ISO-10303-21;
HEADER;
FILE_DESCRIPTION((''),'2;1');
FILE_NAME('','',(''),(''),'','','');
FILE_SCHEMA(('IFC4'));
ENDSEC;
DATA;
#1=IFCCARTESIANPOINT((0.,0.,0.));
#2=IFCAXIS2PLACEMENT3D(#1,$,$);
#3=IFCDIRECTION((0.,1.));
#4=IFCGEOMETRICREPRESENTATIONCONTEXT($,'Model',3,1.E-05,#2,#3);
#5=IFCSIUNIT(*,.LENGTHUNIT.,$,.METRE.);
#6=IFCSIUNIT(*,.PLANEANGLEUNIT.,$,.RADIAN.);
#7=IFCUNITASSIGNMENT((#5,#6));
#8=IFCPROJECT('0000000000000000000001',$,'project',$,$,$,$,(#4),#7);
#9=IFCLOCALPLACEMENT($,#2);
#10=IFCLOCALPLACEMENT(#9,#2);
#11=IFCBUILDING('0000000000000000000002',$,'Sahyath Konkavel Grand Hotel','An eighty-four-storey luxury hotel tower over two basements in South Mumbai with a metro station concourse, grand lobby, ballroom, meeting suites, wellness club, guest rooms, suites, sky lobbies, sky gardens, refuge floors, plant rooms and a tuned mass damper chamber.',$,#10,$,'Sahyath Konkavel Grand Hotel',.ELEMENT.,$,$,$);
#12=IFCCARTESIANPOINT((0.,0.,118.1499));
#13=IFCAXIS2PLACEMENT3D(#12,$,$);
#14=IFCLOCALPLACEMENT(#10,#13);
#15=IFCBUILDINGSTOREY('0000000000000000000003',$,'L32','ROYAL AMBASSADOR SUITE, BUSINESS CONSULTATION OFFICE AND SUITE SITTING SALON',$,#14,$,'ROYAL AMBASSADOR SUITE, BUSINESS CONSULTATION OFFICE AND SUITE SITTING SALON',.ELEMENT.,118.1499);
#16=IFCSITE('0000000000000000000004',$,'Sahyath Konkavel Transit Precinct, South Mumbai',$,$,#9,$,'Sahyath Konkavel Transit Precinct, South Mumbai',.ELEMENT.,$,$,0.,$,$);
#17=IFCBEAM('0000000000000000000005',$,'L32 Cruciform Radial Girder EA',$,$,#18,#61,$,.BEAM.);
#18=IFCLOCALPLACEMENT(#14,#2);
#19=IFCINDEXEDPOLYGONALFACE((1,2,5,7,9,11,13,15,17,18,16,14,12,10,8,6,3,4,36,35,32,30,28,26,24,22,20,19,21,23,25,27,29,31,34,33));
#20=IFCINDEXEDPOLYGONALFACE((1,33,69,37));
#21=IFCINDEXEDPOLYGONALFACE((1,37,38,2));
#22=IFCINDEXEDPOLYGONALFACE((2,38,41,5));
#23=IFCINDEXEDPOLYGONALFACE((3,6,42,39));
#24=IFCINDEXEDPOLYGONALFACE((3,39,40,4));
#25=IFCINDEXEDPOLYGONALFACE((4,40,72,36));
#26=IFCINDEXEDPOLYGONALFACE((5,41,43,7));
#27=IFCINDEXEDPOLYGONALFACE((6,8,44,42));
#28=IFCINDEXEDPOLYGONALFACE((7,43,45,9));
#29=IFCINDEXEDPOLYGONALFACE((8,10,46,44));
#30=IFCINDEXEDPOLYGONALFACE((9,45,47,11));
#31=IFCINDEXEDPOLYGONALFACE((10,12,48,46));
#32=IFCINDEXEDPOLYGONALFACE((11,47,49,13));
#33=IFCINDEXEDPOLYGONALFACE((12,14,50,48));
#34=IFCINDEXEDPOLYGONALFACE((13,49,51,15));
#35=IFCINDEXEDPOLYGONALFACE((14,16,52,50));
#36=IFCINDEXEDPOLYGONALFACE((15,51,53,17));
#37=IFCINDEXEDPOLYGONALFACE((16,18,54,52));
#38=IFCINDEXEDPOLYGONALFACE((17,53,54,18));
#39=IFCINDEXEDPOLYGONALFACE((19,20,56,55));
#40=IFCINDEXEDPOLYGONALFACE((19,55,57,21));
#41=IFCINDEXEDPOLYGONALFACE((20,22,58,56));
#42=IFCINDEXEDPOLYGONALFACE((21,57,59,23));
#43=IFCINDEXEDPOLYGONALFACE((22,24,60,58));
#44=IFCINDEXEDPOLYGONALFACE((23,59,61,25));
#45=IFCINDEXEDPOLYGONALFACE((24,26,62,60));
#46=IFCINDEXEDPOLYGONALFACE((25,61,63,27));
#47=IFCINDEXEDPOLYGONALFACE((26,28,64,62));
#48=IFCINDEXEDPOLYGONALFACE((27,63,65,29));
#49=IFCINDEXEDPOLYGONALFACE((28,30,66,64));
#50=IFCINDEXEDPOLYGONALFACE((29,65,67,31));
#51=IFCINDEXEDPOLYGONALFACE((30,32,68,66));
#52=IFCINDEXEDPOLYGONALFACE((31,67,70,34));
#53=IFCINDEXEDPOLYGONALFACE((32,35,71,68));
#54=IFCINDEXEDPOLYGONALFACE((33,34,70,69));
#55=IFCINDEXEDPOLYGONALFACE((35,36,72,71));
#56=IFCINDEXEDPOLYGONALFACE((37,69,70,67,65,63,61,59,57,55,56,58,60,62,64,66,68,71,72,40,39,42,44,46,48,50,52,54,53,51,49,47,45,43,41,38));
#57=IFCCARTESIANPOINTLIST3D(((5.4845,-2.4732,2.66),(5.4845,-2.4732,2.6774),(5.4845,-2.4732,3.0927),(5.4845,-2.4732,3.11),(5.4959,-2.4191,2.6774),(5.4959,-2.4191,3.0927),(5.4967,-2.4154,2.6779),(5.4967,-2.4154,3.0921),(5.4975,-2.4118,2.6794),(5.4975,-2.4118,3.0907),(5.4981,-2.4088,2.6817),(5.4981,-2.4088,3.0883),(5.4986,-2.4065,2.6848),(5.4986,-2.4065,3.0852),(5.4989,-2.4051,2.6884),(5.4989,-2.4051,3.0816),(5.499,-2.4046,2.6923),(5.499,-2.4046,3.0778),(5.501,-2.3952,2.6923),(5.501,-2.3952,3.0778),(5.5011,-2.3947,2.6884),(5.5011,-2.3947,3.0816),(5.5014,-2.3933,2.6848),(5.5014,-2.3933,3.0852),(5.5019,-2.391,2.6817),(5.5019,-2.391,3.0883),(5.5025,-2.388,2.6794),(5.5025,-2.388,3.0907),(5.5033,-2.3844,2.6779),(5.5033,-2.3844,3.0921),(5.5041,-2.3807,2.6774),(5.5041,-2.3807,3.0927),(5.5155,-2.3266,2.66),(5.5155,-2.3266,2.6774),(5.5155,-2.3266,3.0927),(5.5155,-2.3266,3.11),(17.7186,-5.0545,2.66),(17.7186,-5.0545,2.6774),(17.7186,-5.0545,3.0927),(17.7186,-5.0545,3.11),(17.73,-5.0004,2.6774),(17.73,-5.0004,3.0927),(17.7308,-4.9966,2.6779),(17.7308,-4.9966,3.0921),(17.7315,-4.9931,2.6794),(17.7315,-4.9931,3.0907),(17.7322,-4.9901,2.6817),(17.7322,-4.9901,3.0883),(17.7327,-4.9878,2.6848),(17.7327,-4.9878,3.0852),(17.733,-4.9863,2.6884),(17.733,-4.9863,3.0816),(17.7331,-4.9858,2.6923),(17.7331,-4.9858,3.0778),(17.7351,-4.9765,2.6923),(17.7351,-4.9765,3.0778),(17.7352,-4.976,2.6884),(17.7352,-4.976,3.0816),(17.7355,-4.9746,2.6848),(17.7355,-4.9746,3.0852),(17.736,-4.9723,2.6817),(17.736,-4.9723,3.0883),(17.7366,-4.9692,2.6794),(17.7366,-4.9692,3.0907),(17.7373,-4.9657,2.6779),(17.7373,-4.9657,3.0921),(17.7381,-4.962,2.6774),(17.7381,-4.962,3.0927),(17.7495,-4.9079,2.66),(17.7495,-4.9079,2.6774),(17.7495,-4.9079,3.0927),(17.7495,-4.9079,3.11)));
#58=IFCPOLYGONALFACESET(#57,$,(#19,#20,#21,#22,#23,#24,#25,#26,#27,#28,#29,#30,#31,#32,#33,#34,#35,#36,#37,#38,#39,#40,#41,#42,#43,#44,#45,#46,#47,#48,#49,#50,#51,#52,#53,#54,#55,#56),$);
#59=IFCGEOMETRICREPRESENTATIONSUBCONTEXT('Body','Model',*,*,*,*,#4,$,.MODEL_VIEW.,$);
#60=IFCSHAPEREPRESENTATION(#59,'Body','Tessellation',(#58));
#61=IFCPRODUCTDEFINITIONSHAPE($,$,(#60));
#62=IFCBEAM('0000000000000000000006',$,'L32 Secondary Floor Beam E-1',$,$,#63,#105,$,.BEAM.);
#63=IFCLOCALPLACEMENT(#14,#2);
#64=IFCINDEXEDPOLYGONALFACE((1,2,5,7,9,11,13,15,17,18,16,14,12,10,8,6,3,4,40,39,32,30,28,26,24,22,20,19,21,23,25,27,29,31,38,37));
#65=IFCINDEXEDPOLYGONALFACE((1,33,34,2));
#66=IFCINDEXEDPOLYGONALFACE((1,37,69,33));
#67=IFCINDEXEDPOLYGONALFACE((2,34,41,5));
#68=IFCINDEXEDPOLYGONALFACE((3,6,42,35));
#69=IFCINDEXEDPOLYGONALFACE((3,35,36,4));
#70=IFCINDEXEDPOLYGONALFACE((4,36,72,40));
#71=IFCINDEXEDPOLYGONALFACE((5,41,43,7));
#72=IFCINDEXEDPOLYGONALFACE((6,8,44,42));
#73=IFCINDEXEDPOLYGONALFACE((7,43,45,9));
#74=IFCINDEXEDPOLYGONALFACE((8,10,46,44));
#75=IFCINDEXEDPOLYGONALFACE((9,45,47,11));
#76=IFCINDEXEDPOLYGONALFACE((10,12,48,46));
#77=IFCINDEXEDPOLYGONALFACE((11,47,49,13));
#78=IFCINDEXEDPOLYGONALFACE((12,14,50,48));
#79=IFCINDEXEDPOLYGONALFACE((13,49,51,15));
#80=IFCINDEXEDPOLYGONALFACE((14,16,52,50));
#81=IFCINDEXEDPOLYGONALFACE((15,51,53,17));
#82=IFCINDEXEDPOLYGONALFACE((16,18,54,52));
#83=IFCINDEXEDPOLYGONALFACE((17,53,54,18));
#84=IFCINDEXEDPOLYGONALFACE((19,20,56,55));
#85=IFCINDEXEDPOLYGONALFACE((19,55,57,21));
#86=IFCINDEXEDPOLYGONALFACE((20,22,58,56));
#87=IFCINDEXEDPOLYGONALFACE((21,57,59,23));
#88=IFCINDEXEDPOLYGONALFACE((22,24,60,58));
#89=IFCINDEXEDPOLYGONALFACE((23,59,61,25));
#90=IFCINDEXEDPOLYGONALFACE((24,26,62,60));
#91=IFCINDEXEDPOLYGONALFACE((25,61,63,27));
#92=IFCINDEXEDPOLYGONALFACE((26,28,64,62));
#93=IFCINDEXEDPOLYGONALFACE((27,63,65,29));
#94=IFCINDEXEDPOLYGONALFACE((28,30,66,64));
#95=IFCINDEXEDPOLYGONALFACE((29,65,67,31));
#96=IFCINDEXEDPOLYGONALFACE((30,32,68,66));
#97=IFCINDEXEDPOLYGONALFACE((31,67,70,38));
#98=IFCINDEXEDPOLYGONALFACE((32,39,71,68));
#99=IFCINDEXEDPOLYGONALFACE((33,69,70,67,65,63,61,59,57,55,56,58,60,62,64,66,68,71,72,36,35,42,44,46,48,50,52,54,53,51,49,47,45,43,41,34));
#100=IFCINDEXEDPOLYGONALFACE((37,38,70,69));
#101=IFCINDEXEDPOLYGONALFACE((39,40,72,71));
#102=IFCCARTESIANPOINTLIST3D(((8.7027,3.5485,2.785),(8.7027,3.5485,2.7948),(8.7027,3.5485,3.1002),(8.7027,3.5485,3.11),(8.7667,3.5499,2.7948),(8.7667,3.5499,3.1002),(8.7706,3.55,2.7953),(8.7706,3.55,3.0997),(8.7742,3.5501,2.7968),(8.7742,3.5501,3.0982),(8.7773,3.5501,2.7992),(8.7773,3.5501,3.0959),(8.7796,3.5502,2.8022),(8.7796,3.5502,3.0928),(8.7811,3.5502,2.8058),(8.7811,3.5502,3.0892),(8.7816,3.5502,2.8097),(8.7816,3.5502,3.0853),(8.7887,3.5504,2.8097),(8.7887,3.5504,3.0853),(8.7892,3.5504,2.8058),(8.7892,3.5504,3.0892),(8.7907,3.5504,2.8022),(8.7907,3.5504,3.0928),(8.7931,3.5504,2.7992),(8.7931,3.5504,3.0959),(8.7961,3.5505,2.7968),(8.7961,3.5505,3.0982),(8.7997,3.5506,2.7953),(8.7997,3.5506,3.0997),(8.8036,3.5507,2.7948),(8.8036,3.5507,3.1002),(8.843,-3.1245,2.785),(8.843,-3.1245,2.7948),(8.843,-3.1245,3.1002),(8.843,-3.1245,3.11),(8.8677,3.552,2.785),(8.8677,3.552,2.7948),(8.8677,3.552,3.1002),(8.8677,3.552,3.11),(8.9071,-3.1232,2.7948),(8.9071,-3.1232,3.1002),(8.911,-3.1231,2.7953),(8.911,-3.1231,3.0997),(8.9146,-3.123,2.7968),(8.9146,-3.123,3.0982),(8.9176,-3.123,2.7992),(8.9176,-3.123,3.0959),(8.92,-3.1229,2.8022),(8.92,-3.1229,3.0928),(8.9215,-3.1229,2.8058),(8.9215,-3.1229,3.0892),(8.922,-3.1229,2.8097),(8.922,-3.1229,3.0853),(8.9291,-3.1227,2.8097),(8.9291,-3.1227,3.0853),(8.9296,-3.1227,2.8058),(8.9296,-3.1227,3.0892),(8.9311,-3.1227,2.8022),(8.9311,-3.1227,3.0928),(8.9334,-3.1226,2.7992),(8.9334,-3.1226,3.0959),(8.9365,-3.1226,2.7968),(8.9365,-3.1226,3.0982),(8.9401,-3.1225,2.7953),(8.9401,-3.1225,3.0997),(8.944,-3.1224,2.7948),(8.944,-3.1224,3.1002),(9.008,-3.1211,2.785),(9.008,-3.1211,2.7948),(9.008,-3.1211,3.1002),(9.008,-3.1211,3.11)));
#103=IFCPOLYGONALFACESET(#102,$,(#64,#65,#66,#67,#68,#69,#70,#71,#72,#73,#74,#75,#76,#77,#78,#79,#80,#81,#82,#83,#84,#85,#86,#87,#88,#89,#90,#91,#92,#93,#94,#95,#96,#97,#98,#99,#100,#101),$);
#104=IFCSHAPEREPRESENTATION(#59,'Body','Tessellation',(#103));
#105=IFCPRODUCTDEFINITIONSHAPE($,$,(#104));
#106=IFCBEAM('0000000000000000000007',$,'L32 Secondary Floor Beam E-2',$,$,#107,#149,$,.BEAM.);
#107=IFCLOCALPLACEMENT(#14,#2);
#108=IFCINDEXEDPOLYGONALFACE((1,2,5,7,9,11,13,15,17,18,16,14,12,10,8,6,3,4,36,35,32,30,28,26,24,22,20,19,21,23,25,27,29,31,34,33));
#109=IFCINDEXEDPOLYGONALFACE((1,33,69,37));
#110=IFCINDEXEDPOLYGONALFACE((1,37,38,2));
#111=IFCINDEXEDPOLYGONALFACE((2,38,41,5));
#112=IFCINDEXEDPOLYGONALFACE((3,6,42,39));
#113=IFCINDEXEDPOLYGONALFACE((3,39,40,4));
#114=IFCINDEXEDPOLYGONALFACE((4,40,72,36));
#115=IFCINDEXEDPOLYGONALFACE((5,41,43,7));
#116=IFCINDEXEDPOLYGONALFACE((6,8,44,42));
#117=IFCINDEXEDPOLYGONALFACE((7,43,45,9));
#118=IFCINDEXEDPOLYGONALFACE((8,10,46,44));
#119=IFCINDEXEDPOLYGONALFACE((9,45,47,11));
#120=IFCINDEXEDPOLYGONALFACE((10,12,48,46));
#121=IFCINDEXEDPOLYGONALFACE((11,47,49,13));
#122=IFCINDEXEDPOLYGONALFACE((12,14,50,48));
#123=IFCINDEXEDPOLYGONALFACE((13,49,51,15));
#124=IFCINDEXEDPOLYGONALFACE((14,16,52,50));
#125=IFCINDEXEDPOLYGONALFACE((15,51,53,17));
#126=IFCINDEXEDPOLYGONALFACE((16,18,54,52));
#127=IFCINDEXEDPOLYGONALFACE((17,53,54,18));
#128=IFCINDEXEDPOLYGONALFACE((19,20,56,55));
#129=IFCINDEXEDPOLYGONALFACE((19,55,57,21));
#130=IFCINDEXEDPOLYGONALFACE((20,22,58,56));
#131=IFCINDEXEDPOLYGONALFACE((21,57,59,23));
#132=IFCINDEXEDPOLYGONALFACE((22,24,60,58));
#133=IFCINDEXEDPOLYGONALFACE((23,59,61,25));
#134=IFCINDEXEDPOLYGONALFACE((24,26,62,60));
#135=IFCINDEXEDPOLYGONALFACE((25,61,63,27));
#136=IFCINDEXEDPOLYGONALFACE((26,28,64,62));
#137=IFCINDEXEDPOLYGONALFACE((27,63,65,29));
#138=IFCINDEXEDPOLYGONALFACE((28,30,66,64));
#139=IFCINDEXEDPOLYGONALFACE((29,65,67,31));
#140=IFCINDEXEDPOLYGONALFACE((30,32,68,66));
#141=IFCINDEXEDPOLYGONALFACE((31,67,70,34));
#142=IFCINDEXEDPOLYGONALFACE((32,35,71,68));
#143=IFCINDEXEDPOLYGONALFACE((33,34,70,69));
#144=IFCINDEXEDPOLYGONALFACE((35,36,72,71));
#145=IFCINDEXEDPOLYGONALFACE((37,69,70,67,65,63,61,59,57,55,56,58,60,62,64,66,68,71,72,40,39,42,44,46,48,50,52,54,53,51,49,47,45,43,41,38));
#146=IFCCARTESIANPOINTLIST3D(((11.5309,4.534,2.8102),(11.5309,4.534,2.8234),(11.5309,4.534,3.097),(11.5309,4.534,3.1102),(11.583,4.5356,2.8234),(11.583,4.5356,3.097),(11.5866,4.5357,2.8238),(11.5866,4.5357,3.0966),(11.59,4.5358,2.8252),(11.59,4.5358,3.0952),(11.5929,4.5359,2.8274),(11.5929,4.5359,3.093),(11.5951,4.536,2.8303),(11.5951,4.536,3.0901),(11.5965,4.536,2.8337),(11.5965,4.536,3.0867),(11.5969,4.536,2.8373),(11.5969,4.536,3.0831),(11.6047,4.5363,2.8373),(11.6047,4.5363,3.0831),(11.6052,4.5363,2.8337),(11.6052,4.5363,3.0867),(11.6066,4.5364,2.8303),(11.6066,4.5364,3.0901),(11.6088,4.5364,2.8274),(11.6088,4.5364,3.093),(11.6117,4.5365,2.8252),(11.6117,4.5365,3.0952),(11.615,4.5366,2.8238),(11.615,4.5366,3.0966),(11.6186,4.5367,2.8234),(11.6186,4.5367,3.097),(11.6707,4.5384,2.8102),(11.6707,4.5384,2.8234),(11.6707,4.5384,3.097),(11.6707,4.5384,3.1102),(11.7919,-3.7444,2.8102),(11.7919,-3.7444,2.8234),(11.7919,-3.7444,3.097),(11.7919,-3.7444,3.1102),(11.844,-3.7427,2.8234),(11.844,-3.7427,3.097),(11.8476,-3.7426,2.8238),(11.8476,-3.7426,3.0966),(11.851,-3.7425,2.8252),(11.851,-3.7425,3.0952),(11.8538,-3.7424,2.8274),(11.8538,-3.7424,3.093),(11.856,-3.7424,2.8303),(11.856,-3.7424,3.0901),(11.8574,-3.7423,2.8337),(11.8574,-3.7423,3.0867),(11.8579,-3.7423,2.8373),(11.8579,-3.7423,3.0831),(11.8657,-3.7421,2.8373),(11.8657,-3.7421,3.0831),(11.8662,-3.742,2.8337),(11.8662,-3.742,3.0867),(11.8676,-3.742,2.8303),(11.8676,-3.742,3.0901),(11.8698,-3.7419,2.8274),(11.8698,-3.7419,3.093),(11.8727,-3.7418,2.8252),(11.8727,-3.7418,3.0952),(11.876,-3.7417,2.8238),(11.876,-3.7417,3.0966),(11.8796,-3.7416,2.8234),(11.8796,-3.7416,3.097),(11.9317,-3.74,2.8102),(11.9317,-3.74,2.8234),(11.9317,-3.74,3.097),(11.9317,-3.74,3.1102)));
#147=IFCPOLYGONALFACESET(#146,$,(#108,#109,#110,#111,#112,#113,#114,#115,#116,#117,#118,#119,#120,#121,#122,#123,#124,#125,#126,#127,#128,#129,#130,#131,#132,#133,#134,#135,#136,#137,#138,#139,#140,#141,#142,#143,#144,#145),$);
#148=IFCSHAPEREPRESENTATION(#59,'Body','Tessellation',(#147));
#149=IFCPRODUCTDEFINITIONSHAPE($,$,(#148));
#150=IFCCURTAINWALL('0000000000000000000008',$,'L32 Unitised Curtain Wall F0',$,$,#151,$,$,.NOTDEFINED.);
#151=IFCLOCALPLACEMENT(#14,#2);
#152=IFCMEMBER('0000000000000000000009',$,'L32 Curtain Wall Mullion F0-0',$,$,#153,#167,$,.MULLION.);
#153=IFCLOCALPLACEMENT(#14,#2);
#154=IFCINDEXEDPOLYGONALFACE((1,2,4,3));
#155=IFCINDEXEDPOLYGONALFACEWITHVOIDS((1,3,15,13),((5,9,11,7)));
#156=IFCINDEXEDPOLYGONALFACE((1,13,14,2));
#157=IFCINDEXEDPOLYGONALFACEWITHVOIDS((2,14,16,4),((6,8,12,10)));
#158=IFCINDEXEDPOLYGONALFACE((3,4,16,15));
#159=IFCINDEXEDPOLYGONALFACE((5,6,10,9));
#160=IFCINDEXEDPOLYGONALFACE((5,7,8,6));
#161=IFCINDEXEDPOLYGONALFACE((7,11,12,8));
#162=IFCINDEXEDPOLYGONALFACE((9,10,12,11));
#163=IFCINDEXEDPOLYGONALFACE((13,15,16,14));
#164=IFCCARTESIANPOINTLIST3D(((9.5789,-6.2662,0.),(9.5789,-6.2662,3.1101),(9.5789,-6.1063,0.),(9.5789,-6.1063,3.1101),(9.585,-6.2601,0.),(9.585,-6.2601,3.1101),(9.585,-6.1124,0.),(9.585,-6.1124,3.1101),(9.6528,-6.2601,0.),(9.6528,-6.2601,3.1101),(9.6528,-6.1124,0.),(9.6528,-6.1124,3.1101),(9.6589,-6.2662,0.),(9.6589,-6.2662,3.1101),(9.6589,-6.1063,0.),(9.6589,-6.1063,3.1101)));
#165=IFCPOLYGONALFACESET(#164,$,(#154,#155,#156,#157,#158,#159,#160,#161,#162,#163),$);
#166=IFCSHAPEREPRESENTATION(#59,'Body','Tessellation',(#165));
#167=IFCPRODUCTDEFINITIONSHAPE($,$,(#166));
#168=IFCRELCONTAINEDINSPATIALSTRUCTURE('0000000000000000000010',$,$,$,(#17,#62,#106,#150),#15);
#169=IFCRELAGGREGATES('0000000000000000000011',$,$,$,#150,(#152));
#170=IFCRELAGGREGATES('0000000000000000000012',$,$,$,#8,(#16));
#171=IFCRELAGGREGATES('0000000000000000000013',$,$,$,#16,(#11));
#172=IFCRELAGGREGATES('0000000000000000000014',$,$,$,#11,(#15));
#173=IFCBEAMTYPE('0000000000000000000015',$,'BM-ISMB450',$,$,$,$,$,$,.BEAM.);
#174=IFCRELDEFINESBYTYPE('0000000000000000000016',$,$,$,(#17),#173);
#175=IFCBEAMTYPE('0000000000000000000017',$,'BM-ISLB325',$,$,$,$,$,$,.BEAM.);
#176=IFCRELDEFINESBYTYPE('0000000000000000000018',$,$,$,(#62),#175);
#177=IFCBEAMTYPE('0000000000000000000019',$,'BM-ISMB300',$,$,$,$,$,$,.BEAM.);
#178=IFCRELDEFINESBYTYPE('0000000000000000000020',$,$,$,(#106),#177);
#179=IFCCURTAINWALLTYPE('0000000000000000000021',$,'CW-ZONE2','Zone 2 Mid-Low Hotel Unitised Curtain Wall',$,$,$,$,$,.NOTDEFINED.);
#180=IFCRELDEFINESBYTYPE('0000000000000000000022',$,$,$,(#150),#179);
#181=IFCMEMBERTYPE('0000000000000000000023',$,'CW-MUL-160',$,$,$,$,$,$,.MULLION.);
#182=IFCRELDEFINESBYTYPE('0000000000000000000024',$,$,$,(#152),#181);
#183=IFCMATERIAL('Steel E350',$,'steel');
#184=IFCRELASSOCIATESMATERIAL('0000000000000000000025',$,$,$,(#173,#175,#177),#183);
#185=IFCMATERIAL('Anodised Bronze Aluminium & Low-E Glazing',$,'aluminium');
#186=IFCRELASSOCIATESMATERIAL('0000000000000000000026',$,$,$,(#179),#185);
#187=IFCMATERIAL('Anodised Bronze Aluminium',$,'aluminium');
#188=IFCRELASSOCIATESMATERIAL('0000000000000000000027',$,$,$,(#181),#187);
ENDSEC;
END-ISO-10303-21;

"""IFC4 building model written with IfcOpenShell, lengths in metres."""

from ifc_helpers import new_model, si_unit, direction, frame, origin, origin_2d, place, context, subcontext, project, spatial, hollow_rectangle, i_section, extrude, source, transform, mapped, material, material_profile, profile_set, type_object, element, aggregate, save


model = new_model("IFC4")

# Units and contexts
model_context = context("Model", 3, precision=1e-05, world=origin(), true_north=direction((0.0, 1.0)))
body_context = subcontext(model_context, "Body", "Model", "MODEL_VIEW")
ifc_project = project(units=[si_unit("LENGTHUNIT", "METRE"), si_unit("PLANEANGLEUNIT", "RADIAN")], contexts=[model_context])

# Site, building, storey
site_placement = place(None, origin())
site = spatial("IfcSite", under=ifc_project, at=site_placement, Name="Sahyath Konkavel Transit Precinct, South Mumbai", LongName="Sahyath Konkavel Transit Precinct, South Mumbai", CompositionType="ELEMENT", RefElevation=0.0)
building_placement = place(site_placement, origin())
building = spatial("IfcBuilding", under=site, at=building_placement, Name="Sahyath Konkavel Grand Hotel", Description="An eighty-four-storey luxury hotel tower over two basements in South Mumbai with a metro station concourse, grand lobby, ballroom, meeting suites, wellness club, guest rooms, suites, sky lobbies, sky gardens, refuge floors, plant rooms and a tuned mass damper chamber.", LongName="Sahyath Konkavel Grand Hotel", CompositionType="ELEMENT")
storey_placement = place(building_placement, frame((0.0, 0.0, 118.1499)))
storey = spatial("IfcBuildingStorey", under=building, at=storey_placement, Name="L32", Description="ROYAL AMBASSADOR SUITE, BUSINESS CONSULTATION OFFICE AND SUITE SITTING SALON", LongName="ROYAL AMBASSADOR SUITE, BUSINESS CONSULTATION OFFICE AND SUITE SITTING SALON", CompositionType="ELEMENT", Elevation=118.1499)

# Beams
ifc_material_1 = material(Name="Steel E350", Category="steel")
ifc_material_profile_1 = material_profile(ifc_material_1, i_section(OverallWidth=0.1499, OverallDepth=0.45, WebThickness=0.0095, FlangeThickness=0.0173, FilletRadius=0.0149, at=origin_2d()), Name="ISMB 450")
ifc_profile_set_1 = profile_set([ifc_material_profile_1], Name="Steel E350")
beam_type_1 = type_object("IfcBeamType", Name="BM-ISMB450", PredefinedType="BEAM", material=ifc_profile_set_1)
shared_shape_1 = source(origin(), body_context, "Body", "SweptSolid", [
    extrude(i_section(OverallWidth=0.1499, OverallDepth=0.45, WebThickness=0.0095, FlangeThickness=0.0173, FilletRadius=0.0149, at=origin_2d()), origin(), (0.0, 0.0, 1.0), 12.5034),
])
beam_1_placement = place(storey_placement, frame((5.5, -2.3999, 2.885), z_axis=(0.978458, -0.206446, 0.0), x_axis=(0.206446, 0.978458, 0.0)))
element("IfcBeam", 1, at=beam_1_placement, inside=storey, type_object=beam_type_1, Name="L32 Cruciform Radial Girder EA", PredefinedType="BEAM", context=body_context, shape_type="MappedRepresentation", body=[
    mapped(shared_shape_1, transform((0.0, 0.0, 0.0), scale=1.0)),
])
ifc_material_profile_2 = material_profile(ifc_material_1, i_section(OverallWidth=0.165, OverallDepth=0.325, WebThickness=0.0071, FlangeThickness=0.0098, FilletRadius=0.0149, at=origin_2d()), Name="ISLB 325")
ifc_profile_set_2 = profile_set([ifc_material_profile_2], Name="Steel E350")
beam_type_2 = type_object("IfcBeamType", Name="BM-ISLB325", PredefinedType="BEAM", material=ifc_profile_set_2)
shared_shape_2 = source(origin(), body_context, "Body", "SweptSolid", [
    extrude(i_section(OverallWidth=0.165, OverallDepth=0.325, WebThickness=0.0071, FlangeThickness=0.0098, FilletRadius=0.0149, at=origin_2d()), origin(), (0.0, 0.0, 1.0), 6.6746),
])
beam_2_placement = place(storey_placement, frame((8.9255, -3.1228, 2.9475), z_axis=(-0.021032, 0.999779, 0.0), x_axis=(-0.999779, -0.021032, 0.0)))
element("IfcBeam", 2, at=beam_2_placement, inside=storey, type_object=beam_type_2, Name="L32 Secondary Floor Beam E-1", PredefinedType="BEAM", context=body_context, shape_type="MappedRepresentation", body=[
    mapped(shared_shape_2, transform((0.0, 0.0, 0.0), scale=1.0)),
])
ifc_material_profile_3 = material_profile(ifc_material_1, i_section(OverallWidth=0.1399, OverallDepth=0.3, WebThickness=0.0078, FlangeThickness=0.0132, FilletRadius=0.0139, at=origin_2d()), Name="ISMB 300")
ifc_profile_set_3 = profile_set([ifc_material_profile_3], Name="Steel E350")
beam_type_3 = type_object("IfcBeamType", Name="BM-ISMB300", PredefinedType="BEAM", material=ifc_profile_set_3)
shared_shape_3 = source(origin(), body_context, "Body", "SweptSolid", [
    extrude(i_section(OverallWidth=0.1399, OverallDepth=0.3, WebThickness=0.0078, FlangeThickness=0.0132, FilletRadius=0.0139, at=origin_2d()), origin(), (0.0, 0.0, 1.0), 8.2825),
])
beam_3_placement = place(storey_placement, frame((11.8618, -3.7422, 2.9602), z_axis=(-0.031511, 0.999503, 0.0), x_axis=(-0.999503, -0.031511, 0.0)))
element("IfcBeam", 3, at=beam_3_placement, inside=storey, type_object=beam_type_3, Name="L32 Secondary Floor Beam E-2", PredefinedType="BEAM", context=body_context, shape_type="MappedRepresentation", body=[
    mapped(shared_shape_3, transform((0.0, 0.0, 0.0), scale=1.0)),
])

# Curtain wall, member
ifc_material_2 = material(Name="Anodised Bronze Aluminium & Low-E Glazing", Category="aluminium")
curtain_wall_type = type_object("IfcCurtainWallType", Name="CW-ZONE2", Description="Zone 2 Mid-Low Hotel Unitised Curtain Wall", PredefinedType="NOTDEFINED", material=ifc_material_2)
curtain_wall_placement = place(storey_placement, origin())
curtain_wall = element("IfcCurtainWall", 4, at=curtain_wall_placement, inside=storey, type_object=curtain_wall_type, Name="L32 Unitised Curtain Wall F0", PredefinedType="NOTDEFINED")
ifc_material_3 = material(Name="Anodised Bronze Aluminium", Category="aluminium")
ifc_material_profile_4 = material_profile(ifc_material_3, hollow_rectangle(XDim=0.0801, YDim=0.1599, WallThickness=0.0061, at=origin_2d()), Name="RHS 160x80x6")
ifc_profile_set_4 = profile_set([ifc_material_profile_4], Name="Anodised Bronze Aluminium")
member_type_1 = type_object("IfcMemberType", Name="CW-MUL-160", PredefinedType="MULLION", material=ifc_profile_set_4)
shared_shape_4 = source(origin(), body_context, "Body", "SweptSolid", [
    extrude(hollow_rectangle(XDim=0.0801, YDim=0.1599, WallThickness=0.0061, at=origin_2d()), origin(), (0.0, 0.0, 1.0), 3.1101),
])
member_1_placement = place(storey_placement, frame((9.6189, -6.1863, 0.0), z_axis=(0.0, 0.0, 1.0), x_axis=(1.0, 0.0, 0.0)))
member_1 = element("IfcMember", 5, at=member_1_placement, type_object=member_type_1, Name="L32 Curtain Wall Mullion F0-0", PredefinedType="MULLION", context=body_context, shape_type="MappedRepresentation", body=[
    mapped(shared_shape_4, transform((0.0, 0.0, 0.0), scale=1.0)),
])
aggregate(curtain_wall, [member_1])

save(model, "model.ifc")
